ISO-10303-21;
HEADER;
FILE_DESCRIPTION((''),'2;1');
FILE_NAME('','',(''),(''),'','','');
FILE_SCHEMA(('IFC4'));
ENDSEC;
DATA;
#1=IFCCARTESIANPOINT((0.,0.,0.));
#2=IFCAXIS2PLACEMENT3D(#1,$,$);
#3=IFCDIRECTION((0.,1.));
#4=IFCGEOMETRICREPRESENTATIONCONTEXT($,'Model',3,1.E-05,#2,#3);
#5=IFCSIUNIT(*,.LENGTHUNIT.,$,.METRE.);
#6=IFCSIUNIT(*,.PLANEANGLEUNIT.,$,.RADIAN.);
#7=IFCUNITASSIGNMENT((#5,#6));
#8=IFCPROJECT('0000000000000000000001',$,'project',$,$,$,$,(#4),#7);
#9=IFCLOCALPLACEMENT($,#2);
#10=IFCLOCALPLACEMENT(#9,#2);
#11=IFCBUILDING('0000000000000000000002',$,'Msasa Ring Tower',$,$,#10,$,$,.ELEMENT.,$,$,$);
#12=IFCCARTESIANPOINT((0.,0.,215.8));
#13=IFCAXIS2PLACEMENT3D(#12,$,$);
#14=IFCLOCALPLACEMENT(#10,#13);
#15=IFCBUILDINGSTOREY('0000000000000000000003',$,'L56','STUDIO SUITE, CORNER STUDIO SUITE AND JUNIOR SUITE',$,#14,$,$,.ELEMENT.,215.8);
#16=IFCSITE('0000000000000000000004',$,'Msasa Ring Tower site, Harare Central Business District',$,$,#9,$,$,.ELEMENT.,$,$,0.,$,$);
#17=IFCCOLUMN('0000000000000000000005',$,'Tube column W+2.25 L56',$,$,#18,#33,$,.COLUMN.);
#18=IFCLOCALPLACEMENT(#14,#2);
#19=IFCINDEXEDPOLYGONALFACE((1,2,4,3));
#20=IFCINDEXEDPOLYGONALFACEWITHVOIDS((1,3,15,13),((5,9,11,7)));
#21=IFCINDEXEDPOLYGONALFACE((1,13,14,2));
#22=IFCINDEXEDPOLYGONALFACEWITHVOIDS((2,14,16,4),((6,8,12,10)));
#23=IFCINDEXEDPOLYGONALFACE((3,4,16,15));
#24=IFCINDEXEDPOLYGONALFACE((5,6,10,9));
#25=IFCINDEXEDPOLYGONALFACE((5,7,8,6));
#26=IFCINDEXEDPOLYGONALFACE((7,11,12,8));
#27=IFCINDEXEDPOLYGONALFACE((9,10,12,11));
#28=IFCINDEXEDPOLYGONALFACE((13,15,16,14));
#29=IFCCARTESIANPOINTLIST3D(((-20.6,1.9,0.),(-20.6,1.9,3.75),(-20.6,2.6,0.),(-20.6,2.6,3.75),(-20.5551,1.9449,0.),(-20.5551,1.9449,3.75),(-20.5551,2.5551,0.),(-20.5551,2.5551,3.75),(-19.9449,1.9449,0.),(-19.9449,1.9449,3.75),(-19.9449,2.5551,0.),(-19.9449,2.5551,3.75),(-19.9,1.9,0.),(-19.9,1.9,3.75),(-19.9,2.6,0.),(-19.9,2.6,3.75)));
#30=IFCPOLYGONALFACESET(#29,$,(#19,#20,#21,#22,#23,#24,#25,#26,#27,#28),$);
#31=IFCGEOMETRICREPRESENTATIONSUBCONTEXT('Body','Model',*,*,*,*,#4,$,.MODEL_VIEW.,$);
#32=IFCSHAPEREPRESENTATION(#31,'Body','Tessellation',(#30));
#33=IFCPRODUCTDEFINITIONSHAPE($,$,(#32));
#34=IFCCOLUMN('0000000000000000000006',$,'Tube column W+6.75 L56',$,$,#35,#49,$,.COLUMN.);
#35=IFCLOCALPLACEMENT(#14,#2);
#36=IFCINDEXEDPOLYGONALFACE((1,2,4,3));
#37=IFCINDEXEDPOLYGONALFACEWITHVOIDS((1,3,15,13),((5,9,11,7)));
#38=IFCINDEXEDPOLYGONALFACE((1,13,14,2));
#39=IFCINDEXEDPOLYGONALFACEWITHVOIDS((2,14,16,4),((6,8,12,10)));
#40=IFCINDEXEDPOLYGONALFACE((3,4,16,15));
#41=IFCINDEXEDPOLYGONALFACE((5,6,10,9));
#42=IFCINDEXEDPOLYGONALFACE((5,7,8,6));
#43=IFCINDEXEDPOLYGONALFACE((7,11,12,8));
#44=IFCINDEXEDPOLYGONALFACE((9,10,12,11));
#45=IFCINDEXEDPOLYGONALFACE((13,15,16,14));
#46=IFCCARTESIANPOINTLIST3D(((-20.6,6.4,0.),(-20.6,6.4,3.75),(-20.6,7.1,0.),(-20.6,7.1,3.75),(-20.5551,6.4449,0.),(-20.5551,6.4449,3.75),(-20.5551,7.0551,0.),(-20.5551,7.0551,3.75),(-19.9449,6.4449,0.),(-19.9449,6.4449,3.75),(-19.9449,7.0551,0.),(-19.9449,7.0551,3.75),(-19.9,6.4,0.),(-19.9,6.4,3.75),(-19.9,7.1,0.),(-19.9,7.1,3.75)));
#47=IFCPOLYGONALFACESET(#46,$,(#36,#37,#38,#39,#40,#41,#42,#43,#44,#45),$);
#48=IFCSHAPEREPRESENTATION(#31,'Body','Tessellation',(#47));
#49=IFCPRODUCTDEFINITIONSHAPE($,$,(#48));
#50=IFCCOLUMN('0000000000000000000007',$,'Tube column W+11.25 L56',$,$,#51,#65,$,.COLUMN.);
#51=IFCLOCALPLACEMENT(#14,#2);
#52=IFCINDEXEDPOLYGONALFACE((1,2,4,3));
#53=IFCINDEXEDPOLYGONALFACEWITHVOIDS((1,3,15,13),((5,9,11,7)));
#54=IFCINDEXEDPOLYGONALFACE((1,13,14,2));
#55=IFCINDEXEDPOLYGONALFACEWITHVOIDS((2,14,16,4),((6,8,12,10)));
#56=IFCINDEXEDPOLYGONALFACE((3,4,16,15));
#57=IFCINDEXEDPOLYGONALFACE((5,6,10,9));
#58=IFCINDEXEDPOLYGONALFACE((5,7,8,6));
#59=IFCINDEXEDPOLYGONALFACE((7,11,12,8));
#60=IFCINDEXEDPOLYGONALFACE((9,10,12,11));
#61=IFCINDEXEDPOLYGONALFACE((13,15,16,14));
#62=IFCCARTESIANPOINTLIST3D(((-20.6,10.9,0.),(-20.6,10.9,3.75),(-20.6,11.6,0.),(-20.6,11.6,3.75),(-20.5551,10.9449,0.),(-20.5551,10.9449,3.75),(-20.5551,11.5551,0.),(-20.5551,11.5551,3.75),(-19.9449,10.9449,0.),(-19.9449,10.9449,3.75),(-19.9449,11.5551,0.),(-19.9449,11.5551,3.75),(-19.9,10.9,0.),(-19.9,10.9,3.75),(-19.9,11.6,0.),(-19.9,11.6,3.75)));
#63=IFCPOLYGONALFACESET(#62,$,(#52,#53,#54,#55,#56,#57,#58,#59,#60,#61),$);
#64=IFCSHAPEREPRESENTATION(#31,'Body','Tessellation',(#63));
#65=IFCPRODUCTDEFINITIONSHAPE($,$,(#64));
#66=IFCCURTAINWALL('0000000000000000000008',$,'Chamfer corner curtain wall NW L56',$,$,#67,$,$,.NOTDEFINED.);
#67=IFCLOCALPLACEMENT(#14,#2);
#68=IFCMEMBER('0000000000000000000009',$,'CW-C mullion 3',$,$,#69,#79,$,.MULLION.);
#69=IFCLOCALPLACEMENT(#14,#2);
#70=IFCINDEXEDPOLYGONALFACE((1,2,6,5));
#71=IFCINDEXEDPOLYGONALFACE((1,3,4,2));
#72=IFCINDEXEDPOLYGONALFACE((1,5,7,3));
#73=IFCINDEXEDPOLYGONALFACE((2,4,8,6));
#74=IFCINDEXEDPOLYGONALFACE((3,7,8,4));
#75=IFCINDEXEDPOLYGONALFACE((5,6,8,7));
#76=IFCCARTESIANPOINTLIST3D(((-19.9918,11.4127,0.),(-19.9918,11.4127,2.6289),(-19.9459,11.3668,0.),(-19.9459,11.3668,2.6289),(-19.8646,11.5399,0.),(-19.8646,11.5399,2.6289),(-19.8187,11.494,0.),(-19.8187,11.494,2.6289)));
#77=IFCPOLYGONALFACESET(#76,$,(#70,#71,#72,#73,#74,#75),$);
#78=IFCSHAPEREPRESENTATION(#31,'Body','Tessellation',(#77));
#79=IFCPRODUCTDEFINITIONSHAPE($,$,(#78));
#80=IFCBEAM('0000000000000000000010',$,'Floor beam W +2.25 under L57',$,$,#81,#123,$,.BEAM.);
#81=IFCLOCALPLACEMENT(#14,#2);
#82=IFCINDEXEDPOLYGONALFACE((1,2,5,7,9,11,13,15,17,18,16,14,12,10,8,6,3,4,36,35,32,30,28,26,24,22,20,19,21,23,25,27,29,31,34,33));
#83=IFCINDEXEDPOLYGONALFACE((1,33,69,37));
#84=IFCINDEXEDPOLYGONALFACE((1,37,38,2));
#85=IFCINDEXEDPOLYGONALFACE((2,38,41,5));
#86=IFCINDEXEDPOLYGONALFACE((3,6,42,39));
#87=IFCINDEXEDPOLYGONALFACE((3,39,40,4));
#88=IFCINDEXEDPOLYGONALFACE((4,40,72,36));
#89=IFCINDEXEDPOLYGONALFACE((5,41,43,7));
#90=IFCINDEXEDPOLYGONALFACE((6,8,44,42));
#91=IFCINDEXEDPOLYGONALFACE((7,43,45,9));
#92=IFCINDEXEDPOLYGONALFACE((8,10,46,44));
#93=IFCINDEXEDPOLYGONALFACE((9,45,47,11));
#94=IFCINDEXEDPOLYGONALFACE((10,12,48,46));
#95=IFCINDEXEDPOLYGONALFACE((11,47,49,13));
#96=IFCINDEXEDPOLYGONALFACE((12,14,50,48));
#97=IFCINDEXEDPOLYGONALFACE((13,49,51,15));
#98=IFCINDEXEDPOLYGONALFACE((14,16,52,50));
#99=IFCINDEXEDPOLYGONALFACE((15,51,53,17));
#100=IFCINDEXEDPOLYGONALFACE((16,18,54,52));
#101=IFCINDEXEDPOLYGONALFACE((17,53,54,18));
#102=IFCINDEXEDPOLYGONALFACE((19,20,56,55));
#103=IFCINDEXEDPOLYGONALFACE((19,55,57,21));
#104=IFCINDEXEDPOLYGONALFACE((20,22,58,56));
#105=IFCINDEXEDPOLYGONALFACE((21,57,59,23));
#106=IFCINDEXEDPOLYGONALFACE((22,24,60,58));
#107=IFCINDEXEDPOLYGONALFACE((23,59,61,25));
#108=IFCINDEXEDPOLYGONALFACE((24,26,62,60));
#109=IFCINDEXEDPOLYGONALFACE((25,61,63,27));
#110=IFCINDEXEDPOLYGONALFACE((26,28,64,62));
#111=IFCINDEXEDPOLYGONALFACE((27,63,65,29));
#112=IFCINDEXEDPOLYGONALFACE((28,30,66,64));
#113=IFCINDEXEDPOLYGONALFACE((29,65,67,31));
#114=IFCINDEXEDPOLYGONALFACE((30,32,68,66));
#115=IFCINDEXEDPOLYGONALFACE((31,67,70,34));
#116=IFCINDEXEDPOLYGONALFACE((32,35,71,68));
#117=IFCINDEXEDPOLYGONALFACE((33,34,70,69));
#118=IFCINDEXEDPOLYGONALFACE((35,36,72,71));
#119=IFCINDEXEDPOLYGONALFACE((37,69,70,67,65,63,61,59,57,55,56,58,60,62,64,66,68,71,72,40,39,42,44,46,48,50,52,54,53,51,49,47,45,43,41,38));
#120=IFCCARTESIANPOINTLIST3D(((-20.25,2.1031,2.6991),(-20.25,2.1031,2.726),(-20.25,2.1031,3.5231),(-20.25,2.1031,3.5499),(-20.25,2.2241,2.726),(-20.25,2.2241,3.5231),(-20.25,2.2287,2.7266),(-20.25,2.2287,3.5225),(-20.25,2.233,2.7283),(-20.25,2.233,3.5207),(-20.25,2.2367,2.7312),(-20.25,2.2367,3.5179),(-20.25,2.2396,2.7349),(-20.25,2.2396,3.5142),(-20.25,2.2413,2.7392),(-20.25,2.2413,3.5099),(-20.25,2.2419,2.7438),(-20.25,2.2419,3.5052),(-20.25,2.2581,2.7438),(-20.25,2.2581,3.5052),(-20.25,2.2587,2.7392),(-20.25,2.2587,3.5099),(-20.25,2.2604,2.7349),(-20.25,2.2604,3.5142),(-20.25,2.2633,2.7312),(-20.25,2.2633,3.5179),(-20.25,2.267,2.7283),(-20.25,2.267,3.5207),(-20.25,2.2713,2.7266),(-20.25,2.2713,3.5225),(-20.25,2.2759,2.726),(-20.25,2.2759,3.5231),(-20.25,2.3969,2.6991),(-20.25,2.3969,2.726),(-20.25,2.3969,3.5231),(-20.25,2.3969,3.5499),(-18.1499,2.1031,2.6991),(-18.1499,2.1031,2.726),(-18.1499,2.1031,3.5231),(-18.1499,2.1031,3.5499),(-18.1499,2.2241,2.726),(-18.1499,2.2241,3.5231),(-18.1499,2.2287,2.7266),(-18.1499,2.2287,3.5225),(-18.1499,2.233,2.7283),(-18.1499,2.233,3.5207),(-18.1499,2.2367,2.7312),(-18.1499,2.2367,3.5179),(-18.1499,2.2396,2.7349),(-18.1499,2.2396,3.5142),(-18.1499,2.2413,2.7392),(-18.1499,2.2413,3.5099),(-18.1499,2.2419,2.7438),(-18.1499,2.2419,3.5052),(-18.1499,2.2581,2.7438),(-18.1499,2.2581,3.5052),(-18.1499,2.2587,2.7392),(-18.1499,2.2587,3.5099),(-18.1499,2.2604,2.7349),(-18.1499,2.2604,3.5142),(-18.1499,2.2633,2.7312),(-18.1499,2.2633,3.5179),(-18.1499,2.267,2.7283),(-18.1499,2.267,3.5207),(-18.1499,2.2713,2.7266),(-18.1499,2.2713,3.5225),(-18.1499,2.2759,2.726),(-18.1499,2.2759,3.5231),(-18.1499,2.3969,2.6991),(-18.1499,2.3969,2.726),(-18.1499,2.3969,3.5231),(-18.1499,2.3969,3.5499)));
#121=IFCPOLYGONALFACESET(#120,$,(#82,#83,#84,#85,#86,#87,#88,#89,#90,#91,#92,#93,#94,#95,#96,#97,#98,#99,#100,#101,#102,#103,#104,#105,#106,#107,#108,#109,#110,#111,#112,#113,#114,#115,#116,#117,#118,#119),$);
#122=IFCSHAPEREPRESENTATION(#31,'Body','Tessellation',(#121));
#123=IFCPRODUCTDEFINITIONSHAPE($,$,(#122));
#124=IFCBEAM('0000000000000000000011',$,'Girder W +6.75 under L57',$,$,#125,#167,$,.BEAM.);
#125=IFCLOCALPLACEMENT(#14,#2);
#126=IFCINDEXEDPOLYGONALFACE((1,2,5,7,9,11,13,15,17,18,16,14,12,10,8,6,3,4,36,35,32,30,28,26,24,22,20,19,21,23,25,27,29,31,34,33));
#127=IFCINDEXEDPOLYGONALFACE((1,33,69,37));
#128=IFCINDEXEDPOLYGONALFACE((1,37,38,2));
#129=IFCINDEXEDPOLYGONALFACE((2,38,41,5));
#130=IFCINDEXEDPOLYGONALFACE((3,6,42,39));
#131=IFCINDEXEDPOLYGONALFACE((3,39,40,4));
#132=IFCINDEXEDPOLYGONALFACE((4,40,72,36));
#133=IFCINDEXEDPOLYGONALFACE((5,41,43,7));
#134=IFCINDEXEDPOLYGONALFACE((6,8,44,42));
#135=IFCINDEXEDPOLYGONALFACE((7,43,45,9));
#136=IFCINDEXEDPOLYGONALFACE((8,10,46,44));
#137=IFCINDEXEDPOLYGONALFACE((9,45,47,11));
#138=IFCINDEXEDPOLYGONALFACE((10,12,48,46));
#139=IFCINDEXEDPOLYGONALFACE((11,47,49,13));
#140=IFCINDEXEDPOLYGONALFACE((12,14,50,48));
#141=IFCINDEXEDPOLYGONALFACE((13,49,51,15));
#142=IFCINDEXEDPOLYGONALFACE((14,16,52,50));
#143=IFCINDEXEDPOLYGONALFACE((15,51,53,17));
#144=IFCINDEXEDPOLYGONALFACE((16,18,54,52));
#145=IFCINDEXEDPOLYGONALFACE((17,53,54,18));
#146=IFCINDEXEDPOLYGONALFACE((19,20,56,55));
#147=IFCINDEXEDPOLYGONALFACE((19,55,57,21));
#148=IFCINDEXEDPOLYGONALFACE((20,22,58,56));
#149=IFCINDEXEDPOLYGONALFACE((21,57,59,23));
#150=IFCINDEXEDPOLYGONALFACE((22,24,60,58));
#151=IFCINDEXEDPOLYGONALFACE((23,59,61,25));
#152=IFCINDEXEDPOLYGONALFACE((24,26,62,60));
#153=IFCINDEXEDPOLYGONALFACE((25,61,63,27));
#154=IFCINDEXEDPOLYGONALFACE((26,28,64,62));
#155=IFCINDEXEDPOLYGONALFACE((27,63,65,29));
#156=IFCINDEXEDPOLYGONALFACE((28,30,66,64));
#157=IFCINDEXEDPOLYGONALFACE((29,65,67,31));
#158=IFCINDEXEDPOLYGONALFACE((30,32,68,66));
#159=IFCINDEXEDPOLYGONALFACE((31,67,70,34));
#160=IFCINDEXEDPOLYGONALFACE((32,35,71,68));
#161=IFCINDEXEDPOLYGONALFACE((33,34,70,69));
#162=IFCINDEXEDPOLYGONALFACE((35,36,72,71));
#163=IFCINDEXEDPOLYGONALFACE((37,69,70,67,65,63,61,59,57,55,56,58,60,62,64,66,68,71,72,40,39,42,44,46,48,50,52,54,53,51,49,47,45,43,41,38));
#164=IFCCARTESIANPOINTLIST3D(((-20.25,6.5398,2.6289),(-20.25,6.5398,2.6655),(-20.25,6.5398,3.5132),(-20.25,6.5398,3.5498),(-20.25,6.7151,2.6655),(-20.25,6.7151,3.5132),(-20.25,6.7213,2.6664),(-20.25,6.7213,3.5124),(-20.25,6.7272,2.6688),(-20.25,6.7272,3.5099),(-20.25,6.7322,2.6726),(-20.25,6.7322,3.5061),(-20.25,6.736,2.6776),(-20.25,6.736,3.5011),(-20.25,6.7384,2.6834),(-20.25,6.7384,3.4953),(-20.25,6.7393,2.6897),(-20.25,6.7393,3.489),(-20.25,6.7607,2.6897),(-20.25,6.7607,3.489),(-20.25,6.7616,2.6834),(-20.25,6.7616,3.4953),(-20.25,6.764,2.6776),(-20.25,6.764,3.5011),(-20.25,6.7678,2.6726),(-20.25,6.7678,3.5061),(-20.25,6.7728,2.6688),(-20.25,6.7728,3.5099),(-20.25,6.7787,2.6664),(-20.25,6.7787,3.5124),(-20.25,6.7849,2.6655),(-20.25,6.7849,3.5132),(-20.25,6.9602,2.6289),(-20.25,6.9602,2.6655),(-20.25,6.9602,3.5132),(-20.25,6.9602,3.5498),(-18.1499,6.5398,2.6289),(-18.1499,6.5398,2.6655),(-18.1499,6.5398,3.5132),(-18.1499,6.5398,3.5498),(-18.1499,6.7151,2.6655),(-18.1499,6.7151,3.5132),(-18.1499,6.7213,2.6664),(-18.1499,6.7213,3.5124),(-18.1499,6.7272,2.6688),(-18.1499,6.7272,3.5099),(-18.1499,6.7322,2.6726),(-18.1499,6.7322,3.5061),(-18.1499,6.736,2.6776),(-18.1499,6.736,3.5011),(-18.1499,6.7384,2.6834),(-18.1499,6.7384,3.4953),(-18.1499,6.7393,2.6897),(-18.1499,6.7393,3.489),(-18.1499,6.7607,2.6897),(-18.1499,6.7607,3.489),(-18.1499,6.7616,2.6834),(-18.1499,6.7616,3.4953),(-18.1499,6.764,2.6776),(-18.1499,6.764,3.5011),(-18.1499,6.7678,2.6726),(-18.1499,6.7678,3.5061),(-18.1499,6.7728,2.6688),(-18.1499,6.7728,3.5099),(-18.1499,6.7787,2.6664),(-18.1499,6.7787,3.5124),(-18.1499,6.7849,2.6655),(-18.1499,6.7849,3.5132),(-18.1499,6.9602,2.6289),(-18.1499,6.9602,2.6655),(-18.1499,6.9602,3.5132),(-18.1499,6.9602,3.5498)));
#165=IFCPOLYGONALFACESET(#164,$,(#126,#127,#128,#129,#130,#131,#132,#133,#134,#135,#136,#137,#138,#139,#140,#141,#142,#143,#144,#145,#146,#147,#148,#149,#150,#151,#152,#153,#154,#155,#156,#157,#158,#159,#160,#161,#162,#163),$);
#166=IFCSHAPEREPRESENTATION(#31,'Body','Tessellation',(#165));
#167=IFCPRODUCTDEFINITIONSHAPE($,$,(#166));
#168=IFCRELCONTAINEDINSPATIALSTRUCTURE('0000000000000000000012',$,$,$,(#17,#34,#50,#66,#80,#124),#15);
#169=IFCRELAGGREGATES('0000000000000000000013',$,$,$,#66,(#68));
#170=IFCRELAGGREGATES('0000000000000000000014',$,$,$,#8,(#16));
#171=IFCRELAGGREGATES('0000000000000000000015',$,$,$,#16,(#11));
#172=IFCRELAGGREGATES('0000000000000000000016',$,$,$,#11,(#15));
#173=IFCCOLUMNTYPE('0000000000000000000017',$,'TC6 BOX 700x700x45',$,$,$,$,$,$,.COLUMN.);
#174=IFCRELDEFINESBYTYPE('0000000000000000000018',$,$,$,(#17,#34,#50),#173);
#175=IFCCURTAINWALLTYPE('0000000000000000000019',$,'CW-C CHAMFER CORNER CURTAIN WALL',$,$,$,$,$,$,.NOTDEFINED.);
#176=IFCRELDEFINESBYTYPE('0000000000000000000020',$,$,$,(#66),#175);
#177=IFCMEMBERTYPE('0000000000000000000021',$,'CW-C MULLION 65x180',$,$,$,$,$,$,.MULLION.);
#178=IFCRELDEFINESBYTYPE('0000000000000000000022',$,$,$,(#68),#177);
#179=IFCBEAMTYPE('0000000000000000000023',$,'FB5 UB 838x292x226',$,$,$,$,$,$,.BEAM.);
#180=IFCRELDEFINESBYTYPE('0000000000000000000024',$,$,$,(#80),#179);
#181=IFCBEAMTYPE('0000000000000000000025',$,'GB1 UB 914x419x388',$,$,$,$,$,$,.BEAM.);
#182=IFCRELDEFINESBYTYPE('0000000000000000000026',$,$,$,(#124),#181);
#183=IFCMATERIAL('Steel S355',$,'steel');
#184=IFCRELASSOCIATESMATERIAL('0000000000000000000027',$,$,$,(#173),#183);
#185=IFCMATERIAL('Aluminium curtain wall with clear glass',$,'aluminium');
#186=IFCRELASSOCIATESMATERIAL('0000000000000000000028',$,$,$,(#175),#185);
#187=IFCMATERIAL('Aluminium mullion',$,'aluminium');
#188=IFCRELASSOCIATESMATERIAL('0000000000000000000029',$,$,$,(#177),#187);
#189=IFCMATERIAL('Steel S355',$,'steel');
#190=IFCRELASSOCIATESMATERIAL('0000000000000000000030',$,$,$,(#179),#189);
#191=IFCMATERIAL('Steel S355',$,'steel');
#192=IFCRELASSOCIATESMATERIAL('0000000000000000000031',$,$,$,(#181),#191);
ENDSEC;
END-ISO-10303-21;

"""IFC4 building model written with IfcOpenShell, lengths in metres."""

from ifc_helpers import new_model, si_unit, direction, frame, origin, origin_2d, place, context, subcontext, project, spatial, rectangle, hollow_rectangle, i_section, extrude, material, material_profile, profile_set, type_object, element, aggregate, save


model = new_model("IFC4")

# Units and contexts
model_context = context("Model", 3, precision=1e-05, world=origin(), true_north=direction((0.0, 1.0)))
body_context = subcontext(model_context, "Body", "Model", "MODEL_VIEW")
ifc_project = project(units=[si_unit("LENGTHUNIT", "METRE"), si_unit("PLANEANGLEUNIT", "RADIAN")], contexts=[model_context])

# Site, building, storey
site_placement = place(None, origin())
site = spatial("IfcSite", under=ifc_project, at=site_placement, Name="Msasa Ring Tower site, Harare Central Business District", CompositionType="ELEMENT", RefElevation=0.0)
building_placement = place(site_placement, origin())
building = spatial("IfcBuilding", under=site, at=building_placement, Name="Msasa Ring Tower", CompositionType="ELEMENT")
storey_placement = place(building_placement, frame((0.0, 0.0, 215.8)))
storey = spatial("IfcBuildingStorey", under=building, at=storey_placement, Name="L56", Description="STUDIO SUITE, CORNER STUDIO SUITE AND JUNIOR SUITE", CompositionType="ELEMENT", Elevation=215.8)

# Columns
ifc_material_1 = material(Name="Steel S355", Category="steel")
ifc_material_profile_1 = material_profile(ifc_material_1, hollow_rectangle(XDim=0.7, YDim=0.7, WallThickness=0.0449, at=origin_2d()), Name="BOX 700x700x45")
ifc_profile_set_1 = profile_set([ifc_material_profile_1], Name="Steel S355")
column_type = type_object("IfcColumnType", Name="TC6 BOX 700x700x45", PredefinedType="COLUMN", material=ifc_profile_set_1)
for number, where, z_axis, x_axis, name in (
    (1, (-20.25, 2.25, 0.0), (0.0, 0.0, 1.0), (1.0, 0.0, 0.0), "Tube column W+2.25 L56"),
    (2, (-20.25, 6.75, 0.0), (0.0, 0.0, 1.0), (1.0, 0.0, 0.0), "Tube column W+6.75 L56"),
    (3, (-20.25, 11.25, 0.0), (0.0, 0.0, 1.0), (1.0, 0.0, 0.0), "Tube column W+11.25 L56"),
):
    element("IfcColumn", number, at=place(storey_placement, frame(where, z_axis=z_axis, x_axis=x_axis)), inside=storey, type_object=column_type, Name=name, PredefinedType="COLUMN", context=body_context, shape_type="SweptSolid", body=[
        extrude(hollow_rectangle(XDim=0.7, YDim=0.7, WallThickness=0.0449, at=origin_2d()), origin(), (0.0, 0.0, 1.0), 3.75),
    ])

# Curtain wall, member
ifc_material_2 = material(Name="Aluminium curtain wall with clear glass", Category="aluminium")
curtain_wall_type = type_object("IfcCurtainWallType", Name="CW-C CHAMFER CORNER CURTAIN WALL", PredefinedType="NOTDEFINED", material=ifc_material_2)
curtain_wall_placement = place(storey_placement, origin())
curtain_wall = element("IfcCurtainWall", 4, at=curtain_wall_placement, inside=storey, type_object=curtain_wall_type, Name="Chamfer corner curtain wall NW L56", PredefinedType="NOTDEFINED")
ifc_material_3 = material(Name="Aluminium mullion", Category="aluminium")
ifc_material_profile_2 = material_profile(ifc_material_3, rectangle(XDim=0.0649, YDim=0.1799, at=origin_2d()), Name="AL 65x180")
ifc_profile_set_2 = profile_set([ifc_material_profile_2], Name="Aluminium mullion")
member_type = type_object("IfcMemberType", Name="CW-C MULLION 65x180", PredefinedType="MULLION", material=ifc_profile_set_2)
member_placement = place(storey_placement, frame((-19.9053, 11.4534, 0.0), z_axis=(0.0, 0.0, 1.0), x_axis=(0.707107, -0.707107, 0.0)))
member = element("IfcMember", 5, at=member_placement, type_object=member_type, Name="CW-C mullion 3", PredefinedType="MULLION", context=body_context, shape_type="SweptSolid", body=[
    extrude(rectangle(XDim=0.0649, YDim=0.1799, at=origin_2d()), origin(), (0.0, 0.0, 1.0), 2.6289),
])
aggregate(curtain_wall, [member])

# Beams
ifc_material_4 = material(Name="Steel S355", Category="steel")
ifc_material_profile_3 = material_profile(ifc_material_4, i_section(OverallWidth=0.2937, OverallDepth=0.8508, WebThickness=0.0161, FlangeThickness=0.0269, FilletRadius=0.0178, at=origin_2d()), Name="UB 838x292x226")
ifc_profile_set_3 = profile_set([ifc_material_profile_3], Name="Steel S355")
beam_type_1 = type_object("IfcBeamType", Name="FB5 UB 838x292x226", PredefinedType="BEAM", material=ifc_profile_set_3)
beam_1_placement = place(storey_placement, frame((-20.25, 2.25, 3.1245), z_axis=(1.0, 0.0, 0.0), x_axis=(0.0, 1.0, 0.0)))
element("IfcBeam", 6, at=beam_1_placement, inside=storey, type_object=beam_type_1, Name="Floor beam W +2.25 under L57", PredefinedType="BEAM", context=body_context, shape_type="SweptSolid", body=[
    extrude(i_section(OverallWidth=0.2937, OverallDepth=0.8508, WebThickness=0.0161, FlangeThickness=0.0269, FilletRadius=0.0178, at=origin_2d()), origin(), (0.0, 0.0, 1.0), 2.1001),
])
ifc_material_5 = material(Name="Steel S355", Category="steel")
ifc_material_profile_4 = material_profile(ifc_material_5, i_section(OverallWidth=0.4204, OverallDepth=0.9209, WebThickness=0.0215, FlangeThickness=0.0366, FilletRadius=0.0242, at=origin_2d()), Name="UB 914x419x388")
ifc_profile_set_4 = profile_set([ifc_material_profile_4], Name="Steel S355")
beam_type_2 = type_object("IfcBeamType", Name="GB1 UB 914x419x388", PredefinedType="BEAM", material=ifc_profile_set_4)
beam_2_placement = place(storey_placement, frame((-18.1499, 6.75, 3.0894), z_axis=(-1.0, 0.0, 0.0), x_axis=(0.0, -1.0, 0.0)))
element("IfcBeam", 7, at=beam_2_placement, inside=storey, type_object=beam_type_2, Name="Girder W +6.75 under L57", PredefinedType="BEAM", context=body_context, shape_type="SweptSolid", body=[
    extrude(i_section(OverallWidth=0.4204, OverallDepth=0.9209, WebThickness=0.0215, FlangeThickness=0.0366, FilletRadius=0.0242, at=origin_2d()), origin(), (0.0, 0.0, 1.0), 2.1001),
])

save(model, "model.ifc")
